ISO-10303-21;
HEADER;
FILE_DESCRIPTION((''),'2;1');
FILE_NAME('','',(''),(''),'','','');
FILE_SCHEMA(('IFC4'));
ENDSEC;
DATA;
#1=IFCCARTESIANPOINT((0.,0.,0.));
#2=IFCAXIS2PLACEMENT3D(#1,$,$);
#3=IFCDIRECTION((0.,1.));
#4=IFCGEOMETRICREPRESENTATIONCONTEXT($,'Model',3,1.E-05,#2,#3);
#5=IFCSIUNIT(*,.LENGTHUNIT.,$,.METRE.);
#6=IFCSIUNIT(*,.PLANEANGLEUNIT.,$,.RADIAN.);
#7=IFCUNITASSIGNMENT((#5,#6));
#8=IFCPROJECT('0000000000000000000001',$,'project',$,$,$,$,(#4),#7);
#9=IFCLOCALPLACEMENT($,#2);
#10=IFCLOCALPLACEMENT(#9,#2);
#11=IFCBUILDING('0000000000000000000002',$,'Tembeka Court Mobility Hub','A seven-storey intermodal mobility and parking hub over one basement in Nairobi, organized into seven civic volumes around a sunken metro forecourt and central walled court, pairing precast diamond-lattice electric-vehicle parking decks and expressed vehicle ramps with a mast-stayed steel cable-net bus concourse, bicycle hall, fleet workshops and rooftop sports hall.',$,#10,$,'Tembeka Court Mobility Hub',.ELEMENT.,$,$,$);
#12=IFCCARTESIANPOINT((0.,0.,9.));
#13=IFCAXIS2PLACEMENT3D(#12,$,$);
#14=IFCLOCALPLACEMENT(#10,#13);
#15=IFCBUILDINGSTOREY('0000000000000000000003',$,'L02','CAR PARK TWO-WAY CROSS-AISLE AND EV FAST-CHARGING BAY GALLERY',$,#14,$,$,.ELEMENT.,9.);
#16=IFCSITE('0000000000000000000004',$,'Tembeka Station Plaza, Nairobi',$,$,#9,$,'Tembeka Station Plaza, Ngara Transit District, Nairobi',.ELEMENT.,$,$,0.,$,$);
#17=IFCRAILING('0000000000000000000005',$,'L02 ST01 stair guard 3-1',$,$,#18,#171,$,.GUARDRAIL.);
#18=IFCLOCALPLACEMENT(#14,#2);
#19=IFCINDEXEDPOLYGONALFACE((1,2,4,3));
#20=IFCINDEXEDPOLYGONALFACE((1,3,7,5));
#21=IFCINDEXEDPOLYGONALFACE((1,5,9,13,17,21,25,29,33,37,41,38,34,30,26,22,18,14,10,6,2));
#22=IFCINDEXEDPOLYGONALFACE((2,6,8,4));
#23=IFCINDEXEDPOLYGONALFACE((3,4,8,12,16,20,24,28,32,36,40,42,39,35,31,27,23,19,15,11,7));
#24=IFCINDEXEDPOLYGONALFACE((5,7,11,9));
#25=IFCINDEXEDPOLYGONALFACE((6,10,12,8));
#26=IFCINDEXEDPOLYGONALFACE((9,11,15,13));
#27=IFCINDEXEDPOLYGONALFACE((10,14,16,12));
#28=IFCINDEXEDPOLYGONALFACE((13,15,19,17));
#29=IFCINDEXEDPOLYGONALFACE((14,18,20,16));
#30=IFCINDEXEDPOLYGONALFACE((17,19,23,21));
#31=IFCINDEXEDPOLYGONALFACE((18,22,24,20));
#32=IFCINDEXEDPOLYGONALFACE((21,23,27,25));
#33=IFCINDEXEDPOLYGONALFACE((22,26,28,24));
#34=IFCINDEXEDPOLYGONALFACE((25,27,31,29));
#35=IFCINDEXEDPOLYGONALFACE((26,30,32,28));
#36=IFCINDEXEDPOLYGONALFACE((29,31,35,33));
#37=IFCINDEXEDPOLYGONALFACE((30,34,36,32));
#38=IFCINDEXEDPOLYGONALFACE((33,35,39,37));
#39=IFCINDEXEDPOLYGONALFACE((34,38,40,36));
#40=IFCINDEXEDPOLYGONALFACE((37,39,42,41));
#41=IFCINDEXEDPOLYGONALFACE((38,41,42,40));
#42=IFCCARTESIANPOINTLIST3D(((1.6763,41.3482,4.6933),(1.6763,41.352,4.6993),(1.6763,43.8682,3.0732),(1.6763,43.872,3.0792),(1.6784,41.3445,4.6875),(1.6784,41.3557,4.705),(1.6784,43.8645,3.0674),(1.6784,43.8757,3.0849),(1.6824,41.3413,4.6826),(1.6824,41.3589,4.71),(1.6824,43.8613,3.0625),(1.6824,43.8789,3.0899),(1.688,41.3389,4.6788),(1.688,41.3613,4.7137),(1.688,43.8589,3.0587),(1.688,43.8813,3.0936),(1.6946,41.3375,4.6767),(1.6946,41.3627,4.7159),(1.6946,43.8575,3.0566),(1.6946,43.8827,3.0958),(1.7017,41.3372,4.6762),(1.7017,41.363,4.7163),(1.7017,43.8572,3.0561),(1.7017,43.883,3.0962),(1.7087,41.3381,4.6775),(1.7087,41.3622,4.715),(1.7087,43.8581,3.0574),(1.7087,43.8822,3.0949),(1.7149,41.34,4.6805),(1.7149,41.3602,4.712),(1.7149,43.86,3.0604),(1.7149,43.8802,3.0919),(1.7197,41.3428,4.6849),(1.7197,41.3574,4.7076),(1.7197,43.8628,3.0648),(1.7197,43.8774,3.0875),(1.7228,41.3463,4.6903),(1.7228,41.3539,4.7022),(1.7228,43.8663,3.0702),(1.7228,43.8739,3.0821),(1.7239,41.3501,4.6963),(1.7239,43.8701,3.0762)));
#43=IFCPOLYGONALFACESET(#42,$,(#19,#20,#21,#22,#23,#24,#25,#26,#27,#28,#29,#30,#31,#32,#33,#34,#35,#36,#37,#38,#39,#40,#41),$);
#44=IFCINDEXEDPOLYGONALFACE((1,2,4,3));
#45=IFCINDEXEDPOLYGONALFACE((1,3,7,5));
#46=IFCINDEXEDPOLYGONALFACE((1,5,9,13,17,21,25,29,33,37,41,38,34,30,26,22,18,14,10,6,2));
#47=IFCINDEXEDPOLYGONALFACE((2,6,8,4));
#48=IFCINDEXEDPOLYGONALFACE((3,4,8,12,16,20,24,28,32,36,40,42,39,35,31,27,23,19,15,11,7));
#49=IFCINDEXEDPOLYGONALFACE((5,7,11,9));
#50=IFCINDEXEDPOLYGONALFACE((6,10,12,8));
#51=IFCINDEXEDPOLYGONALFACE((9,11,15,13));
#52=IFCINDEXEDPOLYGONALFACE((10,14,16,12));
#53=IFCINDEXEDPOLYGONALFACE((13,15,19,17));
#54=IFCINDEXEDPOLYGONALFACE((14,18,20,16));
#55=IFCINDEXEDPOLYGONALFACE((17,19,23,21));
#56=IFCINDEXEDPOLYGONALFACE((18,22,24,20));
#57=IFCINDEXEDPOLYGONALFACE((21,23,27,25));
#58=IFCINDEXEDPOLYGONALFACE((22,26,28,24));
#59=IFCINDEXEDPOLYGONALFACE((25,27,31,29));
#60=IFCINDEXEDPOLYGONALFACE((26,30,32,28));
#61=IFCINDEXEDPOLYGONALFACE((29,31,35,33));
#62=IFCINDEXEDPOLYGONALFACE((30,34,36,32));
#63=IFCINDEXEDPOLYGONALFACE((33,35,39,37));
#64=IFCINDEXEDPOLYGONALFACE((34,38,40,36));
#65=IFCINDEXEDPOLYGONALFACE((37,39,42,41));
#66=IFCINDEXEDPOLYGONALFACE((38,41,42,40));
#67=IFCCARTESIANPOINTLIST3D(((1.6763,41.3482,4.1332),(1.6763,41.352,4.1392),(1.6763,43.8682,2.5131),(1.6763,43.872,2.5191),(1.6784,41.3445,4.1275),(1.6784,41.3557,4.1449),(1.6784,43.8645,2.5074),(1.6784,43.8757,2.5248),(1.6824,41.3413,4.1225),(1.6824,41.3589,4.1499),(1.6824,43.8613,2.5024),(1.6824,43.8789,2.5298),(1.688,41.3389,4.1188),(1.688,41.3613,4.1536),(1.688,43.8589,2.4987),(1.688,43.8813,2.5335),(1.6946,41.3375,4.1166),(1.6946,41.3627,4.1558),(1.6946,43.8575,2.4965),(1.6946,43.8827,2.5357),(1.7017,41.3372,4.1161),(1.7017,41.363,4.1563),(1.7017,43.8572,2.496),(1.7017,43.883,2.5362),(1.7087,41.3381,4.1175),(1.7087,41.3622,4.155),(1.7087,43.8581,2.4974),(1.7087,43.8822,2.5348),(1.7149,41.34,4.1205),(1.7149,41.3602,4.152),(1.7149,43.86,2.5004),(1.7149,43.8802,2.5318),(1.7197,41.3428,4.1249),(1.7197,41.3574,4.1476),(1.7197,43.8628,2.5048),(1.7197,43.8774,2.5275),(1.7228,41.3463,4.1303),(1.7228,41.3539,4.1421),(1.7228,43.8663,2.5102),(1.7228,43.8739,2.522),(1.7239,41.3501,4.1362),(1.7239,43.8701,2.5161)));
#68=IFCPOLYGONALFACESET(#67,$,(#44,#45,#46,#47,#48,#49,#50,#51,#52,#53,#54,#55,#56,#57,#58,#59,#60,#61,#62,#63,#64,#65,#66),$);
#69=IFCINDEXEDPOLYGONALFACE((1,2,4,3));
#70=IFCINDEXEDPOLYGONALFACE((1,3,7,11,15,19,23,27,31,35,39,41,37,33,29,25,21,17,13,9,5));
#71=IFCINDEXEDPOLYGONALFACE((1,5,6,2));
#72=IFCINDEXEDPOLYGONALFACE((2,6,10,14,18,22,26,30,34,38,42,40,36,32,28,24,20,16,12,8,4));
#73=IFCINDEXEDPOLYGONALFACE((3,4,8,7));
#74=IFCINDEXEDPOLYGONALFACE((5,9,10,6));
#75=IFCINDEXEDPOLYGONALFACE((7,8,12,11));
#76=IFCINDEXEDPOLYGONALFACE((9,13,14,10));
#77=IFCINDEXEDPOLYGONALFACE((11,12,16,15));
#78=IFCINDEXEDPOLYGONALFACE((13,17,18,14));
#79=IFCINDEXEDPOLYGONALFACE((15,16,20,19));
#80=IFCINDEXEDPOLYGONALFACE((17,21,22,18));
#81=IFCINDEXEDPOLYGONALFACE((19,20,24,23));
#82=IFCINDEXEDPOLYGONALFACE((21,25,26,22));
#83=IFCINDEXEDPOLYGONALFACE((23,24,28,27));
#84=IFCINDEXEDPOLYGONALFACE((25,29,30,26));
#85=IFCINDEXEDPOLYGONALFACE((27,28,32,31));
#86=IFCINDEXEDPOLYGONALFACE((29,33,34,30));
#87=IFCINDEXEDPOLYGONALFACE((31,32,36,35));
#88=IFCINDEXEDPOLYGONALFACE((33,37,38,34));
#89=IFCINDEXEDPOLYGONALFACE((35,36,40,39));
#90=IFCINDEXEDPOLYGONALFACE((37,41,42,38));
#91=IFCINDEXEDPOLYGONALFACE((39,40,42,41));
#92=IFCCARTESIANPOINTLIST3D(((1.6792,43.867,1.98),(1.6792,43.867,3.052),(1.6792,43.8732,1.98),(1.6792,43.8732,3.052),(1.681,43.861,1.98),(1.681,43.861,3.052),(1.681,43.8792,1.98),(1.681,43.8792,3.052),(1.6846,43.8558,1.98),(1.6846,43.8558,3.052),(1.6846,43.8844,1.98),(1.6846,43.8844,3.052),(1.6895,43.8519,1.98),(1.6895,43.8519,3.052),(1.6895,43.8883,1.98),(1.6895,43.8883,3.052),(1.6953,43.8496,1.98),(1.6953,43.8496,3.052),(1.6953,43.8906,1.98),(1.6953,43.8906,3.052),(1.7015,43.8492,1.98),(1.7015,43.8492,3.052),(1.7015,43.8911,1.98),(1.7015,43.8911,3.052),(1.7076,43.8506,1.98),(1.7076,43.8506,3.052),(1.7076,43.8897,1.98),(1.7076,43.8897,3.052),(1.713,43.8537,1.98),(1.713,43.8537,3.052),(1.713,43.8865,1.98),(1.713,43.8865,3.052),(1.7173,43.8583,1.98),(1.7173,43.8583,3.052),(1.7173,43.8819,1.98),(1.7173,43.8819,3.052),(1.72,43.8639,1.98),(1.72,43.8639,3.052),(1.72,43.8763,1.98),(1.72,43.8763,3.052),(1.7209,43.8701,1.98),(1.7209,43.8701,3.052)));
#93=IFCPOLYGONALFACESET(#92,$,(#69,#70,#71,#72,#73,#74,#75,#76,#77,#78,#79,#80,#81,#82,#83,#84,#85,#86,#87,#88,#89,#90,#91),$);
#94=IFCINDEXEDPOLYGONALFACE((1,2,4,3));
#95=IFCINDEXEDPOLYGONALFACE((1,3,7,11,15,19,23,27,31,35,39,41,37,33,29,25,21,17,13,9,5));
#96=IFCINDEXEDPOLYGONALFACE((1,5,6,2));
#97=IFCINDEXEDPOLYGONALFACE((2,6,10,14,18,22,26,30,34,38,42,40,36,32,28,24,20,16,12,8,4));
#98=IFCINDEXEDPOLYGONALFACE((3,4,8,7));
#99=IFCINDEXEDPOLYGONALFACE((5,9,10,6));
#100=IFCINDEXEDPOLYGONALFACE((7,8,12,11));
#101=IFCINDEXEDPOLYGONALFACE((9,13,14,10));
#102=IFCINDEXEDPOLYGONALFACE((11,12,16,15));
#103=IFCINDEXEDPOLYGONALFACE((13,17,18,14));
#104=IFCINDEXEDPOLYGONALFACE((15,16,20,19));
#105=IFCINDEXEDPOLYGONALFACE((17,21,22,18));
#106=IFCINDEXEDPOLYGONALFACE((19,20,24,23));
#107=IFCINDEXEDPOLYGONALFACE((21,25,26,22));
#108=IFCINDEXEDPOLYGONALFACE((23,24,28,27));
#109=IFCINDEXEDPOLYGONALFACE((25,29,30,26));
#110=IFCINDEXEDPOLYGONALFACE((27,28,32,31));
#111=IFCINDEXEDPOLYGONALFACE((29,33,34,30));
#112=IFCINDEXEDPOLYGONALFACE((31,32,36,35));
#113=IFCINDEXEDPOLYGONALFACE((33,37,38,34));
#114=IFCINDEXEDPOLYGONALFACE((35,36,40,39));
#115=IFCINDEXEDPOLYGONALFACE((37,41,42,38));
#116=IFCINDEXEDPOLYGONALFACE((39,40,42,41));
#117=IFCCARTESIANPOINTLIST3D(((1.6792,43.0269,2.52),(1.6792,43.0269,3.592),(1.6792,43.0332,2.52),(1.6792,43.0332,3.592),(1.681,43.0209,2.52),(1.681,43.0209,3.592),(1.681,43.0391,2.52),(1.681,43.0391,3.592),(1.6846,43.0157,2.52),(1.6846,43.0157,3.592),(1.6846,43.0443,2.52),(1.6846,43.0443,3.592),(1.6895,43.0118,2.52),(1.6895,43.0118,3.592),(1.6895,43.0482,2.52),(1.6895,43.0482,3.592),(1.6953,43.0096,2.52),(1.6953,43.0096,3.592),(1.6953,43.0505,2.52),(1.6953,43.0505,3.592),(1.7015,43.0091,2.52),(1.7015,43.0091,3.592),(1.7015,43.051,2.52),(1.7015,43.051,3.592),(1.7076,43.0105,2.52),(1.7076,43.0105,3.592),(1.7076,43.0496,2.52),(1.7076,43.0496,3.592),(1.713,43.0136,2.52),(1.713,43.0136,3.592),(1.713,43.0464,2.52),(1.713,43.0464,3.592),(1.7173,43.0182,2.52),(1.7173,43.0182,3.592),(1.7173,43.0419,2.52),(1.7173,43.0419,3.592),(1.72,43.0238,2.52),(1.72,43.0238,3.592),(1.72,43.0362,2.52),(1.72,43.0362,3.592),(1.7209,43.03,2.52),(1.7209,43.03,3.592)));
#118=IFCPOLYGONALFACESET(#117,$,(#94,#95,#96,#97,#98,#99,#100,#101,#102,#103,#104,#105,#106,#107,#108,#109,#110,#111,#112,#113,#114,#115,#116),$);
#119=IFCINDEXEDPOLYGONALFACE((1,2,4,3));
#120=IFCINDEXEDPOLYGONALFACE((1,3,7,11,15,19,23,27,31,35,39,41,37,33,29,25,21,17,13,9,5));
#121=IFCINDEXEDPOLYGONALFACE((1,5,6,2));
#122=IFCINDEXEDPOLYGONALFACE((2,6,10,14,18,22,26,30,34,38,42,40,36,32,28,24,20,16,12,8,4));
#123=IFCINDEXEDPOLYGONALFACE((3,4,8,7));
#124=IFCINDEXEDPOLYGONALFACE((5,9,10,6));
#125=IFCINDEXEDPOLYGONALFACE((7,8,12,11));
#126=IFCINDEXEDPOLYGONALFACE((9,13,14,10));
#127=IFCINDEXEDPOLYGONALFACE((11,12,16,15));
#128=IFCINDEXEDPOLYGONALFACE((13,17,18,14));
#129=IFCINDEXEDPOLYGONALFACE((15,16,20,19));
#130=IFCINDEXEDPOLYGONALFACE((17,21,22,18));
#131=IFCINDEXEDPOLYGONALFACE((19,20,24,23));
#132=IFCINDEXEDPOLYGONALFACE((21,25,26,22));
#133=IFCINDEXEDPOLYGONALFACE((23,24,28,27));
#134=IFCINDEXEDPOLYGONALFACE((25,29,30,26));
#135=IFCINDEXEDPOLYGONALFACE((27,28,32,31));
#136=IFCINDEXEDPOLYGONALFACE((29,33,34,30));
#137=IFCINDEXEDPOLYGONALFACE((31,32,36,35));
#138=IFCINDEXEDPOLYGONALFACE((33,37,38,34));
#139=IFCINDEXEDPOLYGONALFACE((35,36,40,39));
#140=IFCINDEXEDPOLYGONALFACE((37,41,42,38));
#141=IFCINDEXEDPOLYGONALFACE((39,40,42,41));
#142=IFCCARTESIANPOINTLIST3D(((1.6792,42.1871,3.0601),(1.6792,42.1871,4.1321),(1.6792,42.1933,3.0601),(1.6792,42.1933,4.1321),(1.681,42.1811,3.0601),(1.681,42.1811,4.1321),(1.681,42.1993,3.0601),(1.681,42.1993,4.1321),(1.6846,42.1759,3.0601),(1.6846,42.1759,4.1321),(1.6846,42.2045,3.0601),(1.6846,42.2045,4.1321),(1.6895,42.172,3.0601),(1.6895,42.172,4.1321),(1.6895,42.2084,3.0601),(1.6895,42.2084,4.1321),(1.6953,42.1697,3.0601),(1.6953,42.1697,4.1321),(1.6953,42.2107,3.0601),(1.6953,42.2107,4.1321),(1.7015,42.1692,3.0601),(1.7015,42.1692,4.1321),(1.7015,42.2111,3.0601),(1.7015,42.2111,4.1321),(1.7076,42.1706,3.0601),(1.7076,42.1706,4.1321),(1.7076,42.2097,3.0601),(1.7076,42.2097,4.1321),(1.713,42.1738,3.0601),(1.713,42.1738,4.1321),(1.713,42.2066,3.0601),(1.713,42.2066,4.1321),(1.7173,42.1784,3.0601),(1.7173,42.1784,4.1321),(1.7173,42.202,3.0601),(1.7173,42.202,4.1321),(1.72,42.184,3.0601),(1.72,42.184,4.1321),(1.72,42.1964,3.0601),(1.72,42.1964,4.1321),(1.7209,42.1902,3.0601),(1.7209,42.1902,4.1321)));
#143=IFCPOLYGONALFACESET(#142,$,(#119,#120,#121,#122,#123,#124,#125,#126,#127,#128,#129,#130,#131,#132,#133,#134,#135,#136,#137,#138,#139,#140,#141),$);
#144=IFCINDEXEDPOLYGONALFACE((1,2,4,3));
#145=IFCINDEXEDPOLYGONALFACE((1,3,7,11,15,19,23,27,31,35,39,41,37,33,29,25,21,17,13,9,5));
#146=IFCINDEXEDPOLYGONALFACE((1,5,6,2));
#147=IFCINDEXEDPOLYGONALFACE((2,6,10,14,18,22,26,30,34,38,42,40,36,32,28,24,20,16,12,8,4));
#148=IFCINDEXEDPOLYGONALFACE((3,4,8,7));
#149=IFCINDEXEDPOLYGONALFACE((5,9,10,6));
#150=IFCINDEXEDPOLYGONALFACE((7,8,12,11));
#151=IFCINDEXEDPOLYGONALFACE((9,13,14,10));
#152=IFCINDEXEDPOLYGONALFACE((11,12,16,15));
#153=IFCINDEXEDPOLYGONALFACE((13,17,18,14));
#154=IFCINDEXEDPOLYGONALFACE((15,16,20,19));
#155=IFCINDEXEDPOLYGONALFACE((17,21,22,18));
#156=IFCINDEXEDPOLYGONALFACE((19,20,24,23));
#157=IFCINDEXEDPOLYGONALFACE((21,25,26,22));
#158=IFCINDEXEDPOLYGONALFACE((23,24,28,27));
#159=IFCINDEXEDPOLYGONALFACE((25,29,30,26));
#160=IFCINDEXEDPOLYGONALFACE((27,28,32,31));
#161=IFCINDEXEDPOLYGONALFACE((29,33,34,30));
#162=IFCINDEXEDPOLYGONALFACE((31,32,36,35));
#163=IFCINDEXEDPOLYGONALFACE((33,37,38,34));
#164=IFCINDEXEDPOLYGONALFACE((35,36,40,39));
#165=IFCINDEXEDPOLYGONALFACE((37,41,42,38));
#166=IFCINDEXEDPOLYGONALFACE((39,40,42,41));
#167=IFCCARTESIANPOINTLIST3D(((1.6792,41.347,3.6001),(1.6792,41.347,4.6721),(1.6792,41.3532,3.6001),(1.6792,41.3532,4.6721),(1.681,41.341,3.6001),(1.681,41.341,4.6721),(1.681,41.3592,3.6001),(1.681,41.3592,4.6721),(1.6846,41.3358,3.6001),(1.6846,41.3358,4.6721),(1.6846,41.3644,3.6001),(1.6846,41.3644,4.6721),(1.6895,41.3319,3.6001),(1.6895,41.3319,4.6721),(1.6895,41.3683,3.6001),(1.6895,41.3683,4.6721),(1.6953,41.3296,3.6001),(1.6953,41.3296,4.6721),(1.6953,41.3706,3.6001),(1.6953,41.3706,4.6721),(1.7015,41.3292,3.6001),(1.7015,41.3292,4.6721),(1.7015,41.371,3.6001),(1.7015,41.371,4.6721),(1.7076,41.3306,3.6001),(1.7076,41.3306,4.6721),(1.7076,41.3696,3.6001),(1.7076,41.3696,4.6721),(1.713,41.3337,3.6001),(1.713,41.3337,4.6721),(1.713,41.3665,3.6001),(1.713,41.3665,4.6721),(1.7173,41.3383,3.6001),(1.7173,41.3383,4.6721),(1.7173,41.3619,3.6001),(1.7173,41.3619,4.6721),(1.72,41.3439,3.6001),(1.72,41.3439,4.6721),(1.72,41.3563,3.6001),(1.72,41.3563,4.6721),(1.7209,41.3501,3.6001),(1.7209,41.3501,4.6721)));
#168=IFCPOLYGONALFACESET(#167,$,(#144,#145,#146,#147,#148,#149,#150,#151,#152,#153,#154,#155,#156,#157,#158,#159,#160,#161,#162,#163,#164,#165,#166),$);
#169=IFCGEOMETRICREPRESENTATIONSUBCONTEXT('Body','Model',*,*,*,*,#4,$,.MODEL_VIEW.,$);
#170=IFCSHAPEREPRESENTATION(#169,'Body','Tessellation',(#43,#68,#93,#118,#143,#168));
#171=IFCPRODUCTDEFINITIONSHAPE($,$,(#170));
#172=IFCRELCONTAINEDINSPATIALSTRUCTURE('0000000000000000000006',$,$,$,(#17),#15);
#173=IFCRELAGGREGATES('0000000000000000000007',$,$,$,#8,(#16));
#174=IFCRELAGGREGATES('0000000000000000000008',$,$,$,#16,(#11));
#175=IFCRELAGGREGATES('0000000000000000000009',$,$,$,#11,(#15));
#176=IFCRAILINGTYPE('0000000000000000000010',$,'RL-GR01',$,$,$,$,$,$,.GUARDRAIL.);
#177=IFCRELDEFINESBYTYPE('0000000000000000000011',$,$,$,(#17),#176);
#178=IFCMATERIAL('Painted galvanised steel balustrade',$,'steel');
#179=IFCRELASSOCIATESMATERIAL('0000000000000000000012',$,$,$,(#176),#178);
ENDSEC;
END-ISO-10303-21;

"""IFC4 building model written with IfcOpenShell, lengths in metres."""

from ifc_helpers import new_model, si_unit, direction, frame, origin, origin_2d, place, context, subcontext, project, spatial, circle, extrude, material, type_object, element, save


model = new_model("IFC4")

# Units and contexts
model_context = context("Model", 3, precision=1e-05, world=origin(), true_north=direction((0.0, 1.0)))
body_context = subcontext(model_context, "Body", "Model", "MODEL_VIEW")
ifc_project = project(units=[si_unit("LENGTHUNIT", "METRE"), si_unit("PLANEANGLEUNIT", "RADIAN")], contexts=[model_context])

# Site, building, storey
site_placement = place(None, origin())
site = spatial("IfcSite", under=ifc_project, at=site_placement, Name="Tembeka Station Plaza, Nairobi", LongName="Tembeka Station Plaza, Ngara Transit District, Nairobi", CompositionType="ELEMENT", RefElevation=0.0)
building_placement = place(site_placement, origin())
building = spatial("IfcBuilding", under=site, at=building_placement, Name="Tembeka Court Mobility Hub", Description="A seven-storey intermodal mobility and parking hub over one basement in Nairobi, organized into seven civic volumes around a sunken metro forecourt and central walled court, pairing precast diamond-lattice electric-vehicle parking decks and expressed vehicle ramps with a mast-stayed steel cable-net bus concourse, bicycle hall, fleet workshops and rooftop sports hall.", LongName="Tembeka Court Mobility Hub", CompositionType="ELEMENT")
storey_placement = place(building_placement, frame((0.0, 0.0, 9.0)))
storey = spatial("IfcBuildingStorey", under=building, at=storey_placement, Name="L02", Description="CAR PARK TWO-WAY CROSS-AISLE AND EV FAST-CHARGING BAY GALLERY", CompositionType="ELEMENT", Elevation=9.0)

# Railing
ifc_material_1 = material(Name="Painted galvanised steel balustrade", Category="steel")
railing_type_1 = type_object("IfcRailingType", Name="RL-GR01", PredefinedType="GUARDRAIL", material=ifc_material_1)
railing_1_placement = place(storey_placement, frame((1.7, 43.8701, 1.98)))
element("IfcRailing", 1, at=railing_1_placement, inside=storey, type_object=railing_type_1, Name="L02 ST01 stair guard 3-1", PredefinedType="GUARDRAIL", context=body_context, shape_type="SweptSolid", body=[
    extrude(circle(Radius=0.0239, at=origin_2d()), frame((0.0, 0.0, 1.0962), z_axis=(0.0, -0.841163, 0.540782), x_axis=(1.0, 0.0, 0.0)), (0.0, 0.0, 1.0), 2.9958),
    extrude(circle(Radius=0.0239, at=origin_2d()), frame((0.0, 0.0, 0.5361), z_axis=(0.0, -0.841163, 0.540782), x_axis=(1.0, 0.0, 0.0)), (0.0, 0.0, 1.0), 2.9958),
    extrude(circle(Radius=0.021, at=origin_2d()), origin(), (0.0, 0.0, 1.0), 1.072),
    extrude(circle(Radius=0.021, at=origin_2d()), frame((0.0, -0.8401, 0.54)), (0.0, 0.0, 1.0), 1.072),
    extrude(circle(Radius=0.021, at=origin_2d()), frame((0.0, -1.6799, 1.0801)), (0.0, 0.0, 1.0), 1.072),
    extrude(circle(Radius=0.021, at=origin_2d()), frame((0.0, -2.52, 1.6201)), (0.0, 0.0, 1.0), 1.072),
])

save(model, "model.ifc")
